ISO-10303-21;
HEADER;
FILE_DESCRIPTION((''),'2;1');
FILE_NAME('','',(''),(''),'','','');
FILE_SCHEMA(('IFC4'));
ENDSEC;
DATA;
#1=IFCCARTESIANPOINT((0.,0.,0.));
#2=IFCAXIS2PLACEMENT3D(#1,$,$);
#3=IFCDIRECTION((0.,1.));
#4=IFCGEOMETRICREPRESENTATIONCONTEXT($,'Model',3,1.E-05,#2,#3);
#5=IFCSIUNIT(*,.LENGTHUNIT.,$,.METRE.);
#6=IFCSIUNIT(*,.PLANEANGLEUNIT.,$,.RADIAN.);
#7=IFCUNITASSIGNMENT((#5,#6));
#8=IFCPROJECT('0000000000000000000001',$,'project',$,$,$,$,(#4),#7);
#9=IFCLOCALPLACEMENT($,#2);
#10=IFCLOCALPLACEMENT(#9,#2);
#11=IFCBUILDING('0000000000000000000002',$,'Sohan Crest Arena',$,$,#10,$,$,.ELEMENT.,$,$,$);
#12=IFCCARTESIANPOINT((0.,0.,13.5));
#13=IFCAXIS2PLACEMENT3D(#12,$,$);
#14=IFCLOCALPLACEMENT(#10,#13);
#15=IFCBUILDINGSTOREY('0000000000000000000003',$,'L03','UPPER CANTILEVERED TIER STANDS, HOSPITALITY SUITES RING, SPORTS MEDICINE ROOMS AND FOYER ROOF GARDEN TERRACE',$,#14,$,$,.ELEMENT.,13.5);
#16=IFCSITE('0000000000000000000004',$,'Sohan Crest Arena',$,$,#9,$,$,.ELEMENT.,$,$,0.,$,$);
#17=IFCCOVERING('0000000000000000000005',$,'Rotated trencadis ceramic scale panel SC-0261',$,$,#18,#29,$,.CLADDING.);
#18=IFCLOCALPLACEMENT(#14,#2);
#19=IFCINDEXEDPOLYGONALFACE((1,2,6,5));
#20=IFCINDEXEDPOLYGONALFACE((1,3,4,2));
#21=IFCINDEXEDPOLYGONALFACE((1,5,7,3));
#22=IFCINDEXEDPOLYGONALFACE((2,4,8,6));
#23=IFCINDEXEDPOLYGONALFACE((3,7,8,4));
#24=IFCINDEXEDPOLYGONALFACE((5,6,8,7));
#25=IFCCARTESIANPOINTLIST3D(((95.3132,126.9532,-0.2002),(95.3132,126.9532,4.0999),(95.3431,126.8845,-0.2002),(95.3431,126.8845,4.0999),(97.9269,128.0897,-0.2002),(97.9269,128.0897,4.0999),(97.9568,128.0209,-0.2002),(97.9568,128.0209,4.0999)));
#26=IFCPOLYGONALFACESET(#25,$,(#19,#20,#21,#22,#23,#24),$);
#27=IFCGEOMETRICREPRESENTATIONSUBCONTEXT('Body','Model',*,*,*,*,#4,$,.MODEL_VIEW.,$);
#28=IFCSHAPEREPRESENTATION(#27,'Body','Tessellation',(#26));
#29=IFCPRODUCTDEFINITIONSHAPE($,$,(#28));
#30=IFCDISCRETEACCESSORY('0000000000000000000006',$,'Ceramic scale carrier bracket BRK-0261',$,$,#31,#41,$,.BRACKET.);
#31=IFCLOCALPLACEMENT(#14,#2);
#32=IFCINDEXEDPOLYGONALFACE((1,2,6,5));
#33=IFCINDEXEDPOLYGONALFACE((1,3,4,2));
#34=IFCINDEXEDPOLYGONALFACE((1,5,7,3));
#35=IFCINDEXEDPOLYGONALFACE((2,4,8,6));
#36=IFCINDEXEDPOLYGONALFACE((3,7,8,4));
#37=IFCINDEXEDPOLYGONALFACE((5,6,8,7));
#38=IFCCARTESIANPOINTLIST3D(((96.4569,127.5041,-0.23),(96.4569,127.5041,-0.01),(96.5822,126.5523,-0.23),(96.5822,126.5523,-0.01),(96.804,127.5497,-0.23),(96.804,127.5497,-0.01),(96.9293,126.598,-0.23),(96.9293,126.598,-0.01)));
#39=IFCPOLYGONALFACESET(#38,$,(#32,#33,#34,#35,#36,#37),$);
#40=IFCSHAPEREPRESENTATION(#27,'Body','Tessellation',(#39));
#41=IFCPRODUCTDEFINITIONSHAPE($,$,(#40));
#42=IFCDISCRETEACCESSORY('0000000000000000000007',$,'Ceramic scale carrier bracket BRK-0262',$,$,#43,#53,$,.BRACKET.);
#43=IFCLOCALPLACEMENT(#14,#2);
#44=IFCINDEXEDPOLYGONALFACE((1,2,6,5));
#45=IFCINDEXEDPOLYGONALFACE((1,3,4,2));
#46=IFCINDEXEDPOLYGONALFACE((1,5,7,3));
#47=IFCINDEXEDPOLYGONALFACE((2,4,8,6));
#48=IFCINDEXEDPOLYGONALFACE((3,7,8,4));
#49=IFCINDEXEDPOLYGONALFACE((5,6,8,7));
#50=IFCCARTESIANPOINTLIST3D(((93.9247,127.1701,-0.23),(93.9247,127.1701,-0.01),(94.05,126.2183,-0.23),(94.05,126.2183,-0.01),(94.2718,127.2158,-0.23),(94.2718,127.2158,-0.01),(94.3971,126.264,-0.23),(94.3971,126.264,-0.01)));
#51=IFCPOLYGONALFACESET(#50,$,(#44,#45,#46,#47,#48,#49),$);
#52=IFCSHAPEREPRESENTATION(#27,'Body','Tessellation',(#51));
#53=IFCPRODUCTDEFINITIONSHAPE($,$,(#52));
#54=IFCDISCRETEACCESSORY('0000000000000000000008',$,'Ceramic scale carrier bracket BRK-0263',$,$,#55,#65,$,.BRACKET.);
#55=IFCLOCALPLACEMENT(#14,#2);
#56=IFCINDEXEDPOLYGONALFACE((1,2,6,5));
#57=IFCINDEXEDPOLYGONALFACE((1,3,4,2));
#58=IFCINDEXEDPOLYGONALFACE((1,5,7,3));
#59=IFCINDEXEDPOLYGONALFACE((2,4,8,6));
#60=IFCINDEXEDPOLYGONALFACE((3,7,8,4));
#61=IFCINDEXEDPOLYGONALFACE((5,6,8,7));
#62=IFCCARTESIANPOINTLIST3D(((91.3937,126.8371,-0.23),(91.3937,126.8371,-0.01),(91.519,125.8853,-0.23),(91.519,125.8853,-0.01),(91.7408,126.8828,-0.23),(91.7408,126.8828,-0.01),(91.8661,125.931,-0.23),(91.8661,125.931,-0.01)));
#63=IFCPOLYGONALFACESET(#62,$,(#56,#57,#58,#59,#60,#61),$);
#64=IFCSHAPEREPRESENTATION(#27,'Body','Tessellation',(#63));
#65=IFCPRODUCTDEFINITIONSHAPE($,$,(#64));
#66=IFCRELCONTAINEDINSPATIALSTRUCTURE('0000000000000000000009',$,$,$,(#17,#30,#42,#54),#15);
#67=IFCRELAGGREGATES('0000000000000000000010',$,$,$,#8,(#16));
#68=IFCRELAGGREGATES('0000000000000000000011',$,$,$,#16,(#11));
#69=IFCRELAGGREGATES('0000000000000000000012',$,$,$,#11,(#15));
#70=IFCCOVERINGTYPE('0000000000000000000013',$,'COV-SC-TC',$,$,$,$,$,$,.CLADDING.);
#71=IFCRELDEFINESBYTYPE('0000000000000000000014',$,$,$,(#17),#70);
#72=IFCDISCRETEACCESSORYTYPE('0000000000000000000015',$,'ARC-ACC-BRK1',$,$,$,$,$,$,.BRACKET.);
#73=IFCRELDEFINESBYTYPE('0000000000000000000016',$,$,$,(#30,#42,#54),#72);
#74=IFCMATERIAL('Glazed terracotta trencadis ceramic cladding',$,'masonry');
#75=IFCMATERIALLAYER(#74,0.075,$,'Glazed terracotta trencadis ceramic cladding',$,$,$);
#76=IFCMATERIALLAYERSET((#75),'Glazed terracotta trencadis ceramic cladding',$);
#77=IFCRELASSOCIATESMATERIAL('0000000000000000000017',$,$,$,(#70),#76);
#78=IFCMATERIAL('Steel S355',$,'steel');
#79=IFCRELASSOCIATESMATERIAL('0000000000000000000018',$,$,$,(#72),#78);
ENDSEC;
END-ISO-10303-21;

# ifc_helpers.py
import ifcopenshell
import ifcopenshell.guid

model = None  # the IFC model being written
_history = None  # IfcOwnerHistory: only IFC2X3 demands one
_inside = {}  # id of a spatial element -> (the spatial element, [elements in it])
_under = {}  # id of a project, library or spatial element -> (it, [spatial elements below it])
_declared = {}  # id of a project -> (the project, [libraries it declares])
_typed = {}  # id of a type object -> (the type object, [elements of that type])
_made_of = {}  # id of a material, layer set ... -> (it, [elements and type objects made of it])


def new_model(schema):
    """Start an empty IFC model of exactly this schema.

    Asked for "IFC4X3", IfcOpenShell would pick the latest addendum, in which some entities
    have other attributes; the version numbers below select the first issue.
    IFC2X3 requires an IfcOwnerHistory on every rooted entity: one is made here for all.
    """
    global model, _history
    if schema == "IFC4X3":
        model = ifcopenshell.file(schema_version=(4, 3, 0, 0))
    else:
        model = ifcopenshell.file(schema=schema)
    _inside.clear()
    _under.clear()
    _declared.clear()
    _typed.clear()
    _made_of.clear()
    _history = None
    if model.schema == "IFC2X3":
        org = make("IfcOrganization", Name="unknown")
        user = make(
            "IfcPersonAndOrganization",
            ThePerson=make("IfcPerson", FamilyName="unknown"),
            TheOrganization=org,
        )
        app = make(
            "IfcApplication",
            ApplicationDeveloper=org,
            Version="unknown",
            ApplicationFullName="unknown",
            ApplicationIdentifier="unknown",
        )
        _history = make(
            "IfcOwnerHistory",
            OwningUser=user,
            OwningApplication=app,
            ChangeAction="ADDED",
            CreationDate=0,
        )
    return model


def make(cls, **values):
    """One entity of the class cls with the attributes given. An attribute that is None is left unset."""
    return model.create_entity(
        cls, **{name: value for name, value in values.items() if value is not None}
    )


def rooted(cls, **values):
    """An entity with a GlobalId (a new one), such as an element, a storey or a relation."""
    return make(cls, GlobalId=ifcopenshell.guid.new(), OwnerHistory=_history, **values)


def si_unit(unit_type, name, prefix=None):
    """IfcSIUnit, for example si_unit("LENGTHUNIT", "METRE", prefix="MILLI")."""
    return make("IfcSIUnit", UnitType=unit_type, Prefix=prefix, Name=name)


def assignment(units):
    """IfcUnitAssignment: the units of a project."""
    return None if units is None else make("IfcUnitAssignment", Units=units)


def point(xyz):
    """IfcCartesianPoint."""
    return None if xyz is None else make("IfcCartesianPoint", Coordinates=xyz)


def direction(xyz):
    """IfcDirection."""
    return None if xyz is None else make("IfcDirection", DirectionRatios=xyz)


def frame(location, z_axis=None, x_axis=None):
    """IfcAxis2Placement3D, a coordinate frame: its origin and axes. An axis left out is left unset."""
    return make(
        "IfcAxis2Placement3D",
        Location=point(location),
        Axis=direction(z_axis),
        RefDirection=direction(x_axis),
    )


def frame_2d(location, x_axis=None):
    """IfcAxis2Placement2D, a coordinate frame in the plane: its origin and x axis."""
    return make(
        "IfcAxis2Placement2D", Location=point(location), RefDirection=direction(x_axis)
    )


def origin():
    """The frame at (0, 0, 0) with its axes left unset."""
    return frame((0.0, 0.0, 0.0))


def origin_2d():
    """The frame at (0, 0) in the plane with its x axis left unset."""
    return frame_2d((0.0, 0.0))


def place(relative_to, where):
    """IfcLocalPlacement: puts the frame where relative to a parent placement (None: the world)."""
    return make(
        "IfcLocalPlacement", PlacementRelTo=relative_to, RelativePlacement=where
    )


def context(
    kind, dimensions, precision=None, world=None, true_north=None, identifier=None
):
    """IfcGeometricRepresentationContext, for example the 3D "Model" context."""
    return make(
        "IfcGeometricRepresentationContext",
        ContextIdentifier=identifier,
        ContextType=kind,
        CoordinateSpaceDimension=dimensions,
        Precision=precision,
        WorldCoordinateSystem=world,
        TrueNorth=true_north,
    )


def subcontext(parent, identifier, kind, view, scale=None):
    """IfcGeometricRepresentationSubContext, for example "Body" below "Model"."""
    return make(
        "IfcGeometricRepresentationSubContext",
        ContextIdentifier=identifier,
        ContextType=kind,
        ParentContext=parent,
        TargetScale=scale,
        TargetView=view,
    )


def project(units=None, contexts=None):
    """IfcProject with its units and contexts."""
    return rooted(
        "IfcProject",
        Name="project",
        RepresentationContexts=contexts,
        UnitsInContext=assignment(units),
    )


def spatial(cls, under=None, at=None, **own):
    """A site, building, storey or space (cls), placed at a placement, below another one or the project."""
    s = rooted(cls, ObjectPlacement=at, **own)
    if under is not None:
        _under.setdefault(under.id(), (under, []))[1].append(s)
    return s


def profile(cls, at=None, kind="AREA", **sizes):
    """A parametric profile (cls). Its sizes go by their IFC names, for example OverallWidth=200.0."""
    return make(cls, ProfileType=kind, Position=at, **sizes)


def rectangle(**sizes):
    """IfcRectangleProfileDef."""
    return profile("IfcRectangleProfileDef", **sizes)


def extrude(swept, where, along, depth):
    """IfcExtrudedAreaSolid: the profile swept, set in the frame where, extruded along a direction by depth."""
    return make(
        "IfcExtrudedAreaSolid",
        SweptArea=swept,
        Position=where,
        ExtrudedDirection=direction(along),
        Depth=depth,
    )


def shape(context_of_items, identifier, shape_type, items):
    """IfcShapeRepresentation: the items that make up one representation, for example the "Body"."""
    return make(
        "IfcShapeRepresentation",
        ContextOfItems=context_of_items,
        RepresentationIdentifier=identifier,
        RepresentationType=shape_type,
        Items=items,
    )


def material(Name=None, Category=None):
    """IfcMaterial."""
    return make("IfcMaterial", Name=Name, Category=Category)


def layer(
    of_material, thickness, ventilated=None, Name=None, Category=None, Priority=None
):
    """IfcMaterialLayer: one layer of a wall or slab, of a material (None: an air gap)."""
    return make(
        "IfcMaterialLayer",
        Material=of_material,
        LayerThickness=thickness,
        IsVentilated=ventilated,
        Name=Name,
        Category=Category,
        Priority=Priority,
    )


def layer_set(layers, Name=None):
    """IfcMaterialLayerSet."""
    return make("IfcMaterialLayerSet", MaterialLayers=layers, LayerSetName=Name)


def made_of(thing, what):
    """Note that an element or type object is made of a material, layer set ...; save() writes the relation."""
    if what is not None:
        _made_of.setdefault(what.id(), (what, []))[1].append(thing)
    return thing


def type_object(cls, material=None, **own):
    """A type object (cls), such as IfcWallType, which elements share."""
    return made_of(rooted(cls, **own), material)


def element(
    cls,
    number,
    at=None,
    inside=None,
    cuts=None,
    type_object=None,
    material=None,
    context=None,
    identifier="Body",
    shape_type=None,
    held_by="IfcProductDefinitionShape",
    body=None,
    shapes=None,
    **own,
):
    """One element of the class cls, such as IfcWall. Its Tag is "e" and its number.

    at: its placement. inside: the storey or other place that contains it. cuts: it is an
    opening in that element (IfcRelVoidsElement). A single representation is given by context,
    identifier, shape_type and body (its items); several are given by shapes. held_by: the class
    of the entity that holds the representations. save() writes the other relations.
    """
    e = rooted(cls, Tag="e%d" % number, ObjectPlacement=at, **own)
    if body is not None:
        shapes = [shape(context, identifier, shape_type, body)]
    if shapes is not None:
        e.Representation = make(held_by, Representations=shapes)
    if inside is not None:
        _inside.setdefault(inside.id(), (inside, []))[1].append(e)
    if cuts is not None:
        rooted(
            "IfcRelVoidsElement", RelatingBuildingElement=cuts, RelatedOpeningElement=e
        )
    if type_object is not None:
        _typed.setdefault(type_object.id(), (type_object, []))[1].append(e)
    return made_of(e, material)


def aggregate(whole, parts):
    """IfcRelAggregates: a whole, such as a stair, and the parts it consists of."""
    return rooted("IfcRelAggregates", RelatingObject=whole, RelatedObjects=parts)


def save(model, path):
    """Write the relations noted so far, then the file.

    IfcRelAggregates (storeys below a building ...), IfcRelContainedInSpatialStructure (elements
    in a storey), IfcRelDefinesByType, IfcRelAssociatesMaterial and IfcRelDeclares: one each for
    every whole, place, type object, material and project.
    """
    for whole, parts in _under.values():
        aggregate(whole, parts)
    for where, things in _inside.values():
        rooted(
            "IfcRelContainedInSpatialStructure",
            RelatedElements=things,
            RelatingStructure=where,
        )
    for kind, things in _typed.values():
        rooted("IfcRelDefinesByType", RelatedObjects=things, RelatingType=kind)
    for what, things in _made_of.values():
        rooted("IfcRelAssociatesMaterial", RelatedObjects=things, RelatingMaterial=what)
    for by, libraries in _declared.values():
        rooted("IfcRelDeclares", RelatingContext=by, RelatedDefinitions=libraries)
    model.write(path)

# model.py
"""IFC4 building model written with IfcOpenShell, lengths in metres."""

from ifc_helpers import new_model, si_unit, direction, frame, origin, origin_2d, place, context, subcontext, project, spatial, rectangle, extrude, material, layer, layer_set, type_object, element, save


model = new_model("IFC4")

# Units and contexts
model_context = context("Model", 3, precision=1e-05, world=origin(), true_north=direction((0.0, 1.0)))
body_context = subcontext(model_context, "Body", "Model", "MODEL_VIEW")
ifc_project = project(units=[si_unit("LENGTHUNIT", "METRE"), si_unit("PLANEANGLEUNIT", "RADIAN")], contexts=[model_context])

# Site, building, storey
site_placement = place(None, origin())
site = spatial("IfcSite", under=ifc_project, at=site_placement, Name="Sohan Crest Arena", CompositionType="ELEMENT", RefElevation=0.0)
building_placement = place(site_placement, origin())
building = spatial("IfcBuilding", under=site, at=building_placement, Name="Sohan Crest Arena", CompositionType="ELEMENT")
storey_placement = place(building_placement, frame((0.0, 0.0, 13.5)))
storey = spatial("IfcBuildingStorey", under=building, at=storey_placement, Name="L03", Description="UPPER CANTILEVERED TIER STANDS, HOSPITALITY SUITES RING, SPORTS MEDICINE ROOMS AND FOYER ROOF GARDEN TERRACE", CompositionType="ELEMENT", Elevation=13.5)

# Covering
ifc_material_1 = material(Name="Glazed terracotta trencadis ceramic cladding", Category="masonry")
ifc_layer_1 = layer(ifc_material_1, 0.075, Name="Glazed terracotta trencadis ceramic cladding")
ifc_layer_set_1 = layer_set([ifc_layer_1], Name="Glazed terracotta trencadis ceramic cladding")
covering_type_1 = type_object("IfcCoveringType", Name="COV-SC-TC", PredefinedType="CLADDING", material=ifc_layer_set_1)
covering_placement = place(storey_placement, frame((96.635, 127.4871, -0.2002), z_axis=(0.0, 0.0, 1.0), x_axis=(-0.91706, -0.398749, 0.0)))
element("IfcCovering", 1, at=covering_placement, inside=storey, type_object=covering_type_1, Name="Rotated trencadis ceramic scale panel SC-0261", PredefinedType="CLADDING", context=body_context, shape_type="SweptSolid", body=[
    extrude(rectangle(XDim=2.8501, YDim=0.075, at=origin_2d()), origin(), (0.0, 0.0, 1.0), 4.3),
])

# Discrete accessories
ifc_material_2 = material(Name="Steel S355", Category="steel")
discrete_accessory_type = type_object("IfcDiscreteAccessoryType", Name="ARC-ACC-BRK1", PredefinedType="BRACKET", material=ifc_material_2)
for number, where, z_axis, x_axis, name in (
    (2, (96.6931, 127.051, -0.23), (0.0, 0.0, 1.0), (-0.991445, -0.130526, 0.0), "Ceramic scale carrier bracket BRK-0261"),
    (3, (94.1609, 126.717, -0.23), (0.0, 0.0, 1.0), (-0.991445, -0.130526, 0.0), "Ceramic scale carrier bracket BRK-0262"),
    (4, (91.6299, 126.384, -0.23), (0.0, 0.0, 1.0), (-0.991445, -0.130526, 0.0), "Ceramic scale carrier bracket BRK-0263"),
):
    element("IfcDiscreteAccessory", number, at=place(storey_placement, frame(where, z_axis=z_axis, x_axis=x_axis)), inside=storey, type_object=discrete_accessory_type, Name=name, PredefinedType="BRACKET", context=body_context, shape_type="SweptSolid", body=[
        extrude(rectangle(XDim=0.3501, YDim=0.96, at=origin_2d()), origin(), (0.0, 0.0, 1.0), 0.22),
    ])

save(model, "model.ifc")
